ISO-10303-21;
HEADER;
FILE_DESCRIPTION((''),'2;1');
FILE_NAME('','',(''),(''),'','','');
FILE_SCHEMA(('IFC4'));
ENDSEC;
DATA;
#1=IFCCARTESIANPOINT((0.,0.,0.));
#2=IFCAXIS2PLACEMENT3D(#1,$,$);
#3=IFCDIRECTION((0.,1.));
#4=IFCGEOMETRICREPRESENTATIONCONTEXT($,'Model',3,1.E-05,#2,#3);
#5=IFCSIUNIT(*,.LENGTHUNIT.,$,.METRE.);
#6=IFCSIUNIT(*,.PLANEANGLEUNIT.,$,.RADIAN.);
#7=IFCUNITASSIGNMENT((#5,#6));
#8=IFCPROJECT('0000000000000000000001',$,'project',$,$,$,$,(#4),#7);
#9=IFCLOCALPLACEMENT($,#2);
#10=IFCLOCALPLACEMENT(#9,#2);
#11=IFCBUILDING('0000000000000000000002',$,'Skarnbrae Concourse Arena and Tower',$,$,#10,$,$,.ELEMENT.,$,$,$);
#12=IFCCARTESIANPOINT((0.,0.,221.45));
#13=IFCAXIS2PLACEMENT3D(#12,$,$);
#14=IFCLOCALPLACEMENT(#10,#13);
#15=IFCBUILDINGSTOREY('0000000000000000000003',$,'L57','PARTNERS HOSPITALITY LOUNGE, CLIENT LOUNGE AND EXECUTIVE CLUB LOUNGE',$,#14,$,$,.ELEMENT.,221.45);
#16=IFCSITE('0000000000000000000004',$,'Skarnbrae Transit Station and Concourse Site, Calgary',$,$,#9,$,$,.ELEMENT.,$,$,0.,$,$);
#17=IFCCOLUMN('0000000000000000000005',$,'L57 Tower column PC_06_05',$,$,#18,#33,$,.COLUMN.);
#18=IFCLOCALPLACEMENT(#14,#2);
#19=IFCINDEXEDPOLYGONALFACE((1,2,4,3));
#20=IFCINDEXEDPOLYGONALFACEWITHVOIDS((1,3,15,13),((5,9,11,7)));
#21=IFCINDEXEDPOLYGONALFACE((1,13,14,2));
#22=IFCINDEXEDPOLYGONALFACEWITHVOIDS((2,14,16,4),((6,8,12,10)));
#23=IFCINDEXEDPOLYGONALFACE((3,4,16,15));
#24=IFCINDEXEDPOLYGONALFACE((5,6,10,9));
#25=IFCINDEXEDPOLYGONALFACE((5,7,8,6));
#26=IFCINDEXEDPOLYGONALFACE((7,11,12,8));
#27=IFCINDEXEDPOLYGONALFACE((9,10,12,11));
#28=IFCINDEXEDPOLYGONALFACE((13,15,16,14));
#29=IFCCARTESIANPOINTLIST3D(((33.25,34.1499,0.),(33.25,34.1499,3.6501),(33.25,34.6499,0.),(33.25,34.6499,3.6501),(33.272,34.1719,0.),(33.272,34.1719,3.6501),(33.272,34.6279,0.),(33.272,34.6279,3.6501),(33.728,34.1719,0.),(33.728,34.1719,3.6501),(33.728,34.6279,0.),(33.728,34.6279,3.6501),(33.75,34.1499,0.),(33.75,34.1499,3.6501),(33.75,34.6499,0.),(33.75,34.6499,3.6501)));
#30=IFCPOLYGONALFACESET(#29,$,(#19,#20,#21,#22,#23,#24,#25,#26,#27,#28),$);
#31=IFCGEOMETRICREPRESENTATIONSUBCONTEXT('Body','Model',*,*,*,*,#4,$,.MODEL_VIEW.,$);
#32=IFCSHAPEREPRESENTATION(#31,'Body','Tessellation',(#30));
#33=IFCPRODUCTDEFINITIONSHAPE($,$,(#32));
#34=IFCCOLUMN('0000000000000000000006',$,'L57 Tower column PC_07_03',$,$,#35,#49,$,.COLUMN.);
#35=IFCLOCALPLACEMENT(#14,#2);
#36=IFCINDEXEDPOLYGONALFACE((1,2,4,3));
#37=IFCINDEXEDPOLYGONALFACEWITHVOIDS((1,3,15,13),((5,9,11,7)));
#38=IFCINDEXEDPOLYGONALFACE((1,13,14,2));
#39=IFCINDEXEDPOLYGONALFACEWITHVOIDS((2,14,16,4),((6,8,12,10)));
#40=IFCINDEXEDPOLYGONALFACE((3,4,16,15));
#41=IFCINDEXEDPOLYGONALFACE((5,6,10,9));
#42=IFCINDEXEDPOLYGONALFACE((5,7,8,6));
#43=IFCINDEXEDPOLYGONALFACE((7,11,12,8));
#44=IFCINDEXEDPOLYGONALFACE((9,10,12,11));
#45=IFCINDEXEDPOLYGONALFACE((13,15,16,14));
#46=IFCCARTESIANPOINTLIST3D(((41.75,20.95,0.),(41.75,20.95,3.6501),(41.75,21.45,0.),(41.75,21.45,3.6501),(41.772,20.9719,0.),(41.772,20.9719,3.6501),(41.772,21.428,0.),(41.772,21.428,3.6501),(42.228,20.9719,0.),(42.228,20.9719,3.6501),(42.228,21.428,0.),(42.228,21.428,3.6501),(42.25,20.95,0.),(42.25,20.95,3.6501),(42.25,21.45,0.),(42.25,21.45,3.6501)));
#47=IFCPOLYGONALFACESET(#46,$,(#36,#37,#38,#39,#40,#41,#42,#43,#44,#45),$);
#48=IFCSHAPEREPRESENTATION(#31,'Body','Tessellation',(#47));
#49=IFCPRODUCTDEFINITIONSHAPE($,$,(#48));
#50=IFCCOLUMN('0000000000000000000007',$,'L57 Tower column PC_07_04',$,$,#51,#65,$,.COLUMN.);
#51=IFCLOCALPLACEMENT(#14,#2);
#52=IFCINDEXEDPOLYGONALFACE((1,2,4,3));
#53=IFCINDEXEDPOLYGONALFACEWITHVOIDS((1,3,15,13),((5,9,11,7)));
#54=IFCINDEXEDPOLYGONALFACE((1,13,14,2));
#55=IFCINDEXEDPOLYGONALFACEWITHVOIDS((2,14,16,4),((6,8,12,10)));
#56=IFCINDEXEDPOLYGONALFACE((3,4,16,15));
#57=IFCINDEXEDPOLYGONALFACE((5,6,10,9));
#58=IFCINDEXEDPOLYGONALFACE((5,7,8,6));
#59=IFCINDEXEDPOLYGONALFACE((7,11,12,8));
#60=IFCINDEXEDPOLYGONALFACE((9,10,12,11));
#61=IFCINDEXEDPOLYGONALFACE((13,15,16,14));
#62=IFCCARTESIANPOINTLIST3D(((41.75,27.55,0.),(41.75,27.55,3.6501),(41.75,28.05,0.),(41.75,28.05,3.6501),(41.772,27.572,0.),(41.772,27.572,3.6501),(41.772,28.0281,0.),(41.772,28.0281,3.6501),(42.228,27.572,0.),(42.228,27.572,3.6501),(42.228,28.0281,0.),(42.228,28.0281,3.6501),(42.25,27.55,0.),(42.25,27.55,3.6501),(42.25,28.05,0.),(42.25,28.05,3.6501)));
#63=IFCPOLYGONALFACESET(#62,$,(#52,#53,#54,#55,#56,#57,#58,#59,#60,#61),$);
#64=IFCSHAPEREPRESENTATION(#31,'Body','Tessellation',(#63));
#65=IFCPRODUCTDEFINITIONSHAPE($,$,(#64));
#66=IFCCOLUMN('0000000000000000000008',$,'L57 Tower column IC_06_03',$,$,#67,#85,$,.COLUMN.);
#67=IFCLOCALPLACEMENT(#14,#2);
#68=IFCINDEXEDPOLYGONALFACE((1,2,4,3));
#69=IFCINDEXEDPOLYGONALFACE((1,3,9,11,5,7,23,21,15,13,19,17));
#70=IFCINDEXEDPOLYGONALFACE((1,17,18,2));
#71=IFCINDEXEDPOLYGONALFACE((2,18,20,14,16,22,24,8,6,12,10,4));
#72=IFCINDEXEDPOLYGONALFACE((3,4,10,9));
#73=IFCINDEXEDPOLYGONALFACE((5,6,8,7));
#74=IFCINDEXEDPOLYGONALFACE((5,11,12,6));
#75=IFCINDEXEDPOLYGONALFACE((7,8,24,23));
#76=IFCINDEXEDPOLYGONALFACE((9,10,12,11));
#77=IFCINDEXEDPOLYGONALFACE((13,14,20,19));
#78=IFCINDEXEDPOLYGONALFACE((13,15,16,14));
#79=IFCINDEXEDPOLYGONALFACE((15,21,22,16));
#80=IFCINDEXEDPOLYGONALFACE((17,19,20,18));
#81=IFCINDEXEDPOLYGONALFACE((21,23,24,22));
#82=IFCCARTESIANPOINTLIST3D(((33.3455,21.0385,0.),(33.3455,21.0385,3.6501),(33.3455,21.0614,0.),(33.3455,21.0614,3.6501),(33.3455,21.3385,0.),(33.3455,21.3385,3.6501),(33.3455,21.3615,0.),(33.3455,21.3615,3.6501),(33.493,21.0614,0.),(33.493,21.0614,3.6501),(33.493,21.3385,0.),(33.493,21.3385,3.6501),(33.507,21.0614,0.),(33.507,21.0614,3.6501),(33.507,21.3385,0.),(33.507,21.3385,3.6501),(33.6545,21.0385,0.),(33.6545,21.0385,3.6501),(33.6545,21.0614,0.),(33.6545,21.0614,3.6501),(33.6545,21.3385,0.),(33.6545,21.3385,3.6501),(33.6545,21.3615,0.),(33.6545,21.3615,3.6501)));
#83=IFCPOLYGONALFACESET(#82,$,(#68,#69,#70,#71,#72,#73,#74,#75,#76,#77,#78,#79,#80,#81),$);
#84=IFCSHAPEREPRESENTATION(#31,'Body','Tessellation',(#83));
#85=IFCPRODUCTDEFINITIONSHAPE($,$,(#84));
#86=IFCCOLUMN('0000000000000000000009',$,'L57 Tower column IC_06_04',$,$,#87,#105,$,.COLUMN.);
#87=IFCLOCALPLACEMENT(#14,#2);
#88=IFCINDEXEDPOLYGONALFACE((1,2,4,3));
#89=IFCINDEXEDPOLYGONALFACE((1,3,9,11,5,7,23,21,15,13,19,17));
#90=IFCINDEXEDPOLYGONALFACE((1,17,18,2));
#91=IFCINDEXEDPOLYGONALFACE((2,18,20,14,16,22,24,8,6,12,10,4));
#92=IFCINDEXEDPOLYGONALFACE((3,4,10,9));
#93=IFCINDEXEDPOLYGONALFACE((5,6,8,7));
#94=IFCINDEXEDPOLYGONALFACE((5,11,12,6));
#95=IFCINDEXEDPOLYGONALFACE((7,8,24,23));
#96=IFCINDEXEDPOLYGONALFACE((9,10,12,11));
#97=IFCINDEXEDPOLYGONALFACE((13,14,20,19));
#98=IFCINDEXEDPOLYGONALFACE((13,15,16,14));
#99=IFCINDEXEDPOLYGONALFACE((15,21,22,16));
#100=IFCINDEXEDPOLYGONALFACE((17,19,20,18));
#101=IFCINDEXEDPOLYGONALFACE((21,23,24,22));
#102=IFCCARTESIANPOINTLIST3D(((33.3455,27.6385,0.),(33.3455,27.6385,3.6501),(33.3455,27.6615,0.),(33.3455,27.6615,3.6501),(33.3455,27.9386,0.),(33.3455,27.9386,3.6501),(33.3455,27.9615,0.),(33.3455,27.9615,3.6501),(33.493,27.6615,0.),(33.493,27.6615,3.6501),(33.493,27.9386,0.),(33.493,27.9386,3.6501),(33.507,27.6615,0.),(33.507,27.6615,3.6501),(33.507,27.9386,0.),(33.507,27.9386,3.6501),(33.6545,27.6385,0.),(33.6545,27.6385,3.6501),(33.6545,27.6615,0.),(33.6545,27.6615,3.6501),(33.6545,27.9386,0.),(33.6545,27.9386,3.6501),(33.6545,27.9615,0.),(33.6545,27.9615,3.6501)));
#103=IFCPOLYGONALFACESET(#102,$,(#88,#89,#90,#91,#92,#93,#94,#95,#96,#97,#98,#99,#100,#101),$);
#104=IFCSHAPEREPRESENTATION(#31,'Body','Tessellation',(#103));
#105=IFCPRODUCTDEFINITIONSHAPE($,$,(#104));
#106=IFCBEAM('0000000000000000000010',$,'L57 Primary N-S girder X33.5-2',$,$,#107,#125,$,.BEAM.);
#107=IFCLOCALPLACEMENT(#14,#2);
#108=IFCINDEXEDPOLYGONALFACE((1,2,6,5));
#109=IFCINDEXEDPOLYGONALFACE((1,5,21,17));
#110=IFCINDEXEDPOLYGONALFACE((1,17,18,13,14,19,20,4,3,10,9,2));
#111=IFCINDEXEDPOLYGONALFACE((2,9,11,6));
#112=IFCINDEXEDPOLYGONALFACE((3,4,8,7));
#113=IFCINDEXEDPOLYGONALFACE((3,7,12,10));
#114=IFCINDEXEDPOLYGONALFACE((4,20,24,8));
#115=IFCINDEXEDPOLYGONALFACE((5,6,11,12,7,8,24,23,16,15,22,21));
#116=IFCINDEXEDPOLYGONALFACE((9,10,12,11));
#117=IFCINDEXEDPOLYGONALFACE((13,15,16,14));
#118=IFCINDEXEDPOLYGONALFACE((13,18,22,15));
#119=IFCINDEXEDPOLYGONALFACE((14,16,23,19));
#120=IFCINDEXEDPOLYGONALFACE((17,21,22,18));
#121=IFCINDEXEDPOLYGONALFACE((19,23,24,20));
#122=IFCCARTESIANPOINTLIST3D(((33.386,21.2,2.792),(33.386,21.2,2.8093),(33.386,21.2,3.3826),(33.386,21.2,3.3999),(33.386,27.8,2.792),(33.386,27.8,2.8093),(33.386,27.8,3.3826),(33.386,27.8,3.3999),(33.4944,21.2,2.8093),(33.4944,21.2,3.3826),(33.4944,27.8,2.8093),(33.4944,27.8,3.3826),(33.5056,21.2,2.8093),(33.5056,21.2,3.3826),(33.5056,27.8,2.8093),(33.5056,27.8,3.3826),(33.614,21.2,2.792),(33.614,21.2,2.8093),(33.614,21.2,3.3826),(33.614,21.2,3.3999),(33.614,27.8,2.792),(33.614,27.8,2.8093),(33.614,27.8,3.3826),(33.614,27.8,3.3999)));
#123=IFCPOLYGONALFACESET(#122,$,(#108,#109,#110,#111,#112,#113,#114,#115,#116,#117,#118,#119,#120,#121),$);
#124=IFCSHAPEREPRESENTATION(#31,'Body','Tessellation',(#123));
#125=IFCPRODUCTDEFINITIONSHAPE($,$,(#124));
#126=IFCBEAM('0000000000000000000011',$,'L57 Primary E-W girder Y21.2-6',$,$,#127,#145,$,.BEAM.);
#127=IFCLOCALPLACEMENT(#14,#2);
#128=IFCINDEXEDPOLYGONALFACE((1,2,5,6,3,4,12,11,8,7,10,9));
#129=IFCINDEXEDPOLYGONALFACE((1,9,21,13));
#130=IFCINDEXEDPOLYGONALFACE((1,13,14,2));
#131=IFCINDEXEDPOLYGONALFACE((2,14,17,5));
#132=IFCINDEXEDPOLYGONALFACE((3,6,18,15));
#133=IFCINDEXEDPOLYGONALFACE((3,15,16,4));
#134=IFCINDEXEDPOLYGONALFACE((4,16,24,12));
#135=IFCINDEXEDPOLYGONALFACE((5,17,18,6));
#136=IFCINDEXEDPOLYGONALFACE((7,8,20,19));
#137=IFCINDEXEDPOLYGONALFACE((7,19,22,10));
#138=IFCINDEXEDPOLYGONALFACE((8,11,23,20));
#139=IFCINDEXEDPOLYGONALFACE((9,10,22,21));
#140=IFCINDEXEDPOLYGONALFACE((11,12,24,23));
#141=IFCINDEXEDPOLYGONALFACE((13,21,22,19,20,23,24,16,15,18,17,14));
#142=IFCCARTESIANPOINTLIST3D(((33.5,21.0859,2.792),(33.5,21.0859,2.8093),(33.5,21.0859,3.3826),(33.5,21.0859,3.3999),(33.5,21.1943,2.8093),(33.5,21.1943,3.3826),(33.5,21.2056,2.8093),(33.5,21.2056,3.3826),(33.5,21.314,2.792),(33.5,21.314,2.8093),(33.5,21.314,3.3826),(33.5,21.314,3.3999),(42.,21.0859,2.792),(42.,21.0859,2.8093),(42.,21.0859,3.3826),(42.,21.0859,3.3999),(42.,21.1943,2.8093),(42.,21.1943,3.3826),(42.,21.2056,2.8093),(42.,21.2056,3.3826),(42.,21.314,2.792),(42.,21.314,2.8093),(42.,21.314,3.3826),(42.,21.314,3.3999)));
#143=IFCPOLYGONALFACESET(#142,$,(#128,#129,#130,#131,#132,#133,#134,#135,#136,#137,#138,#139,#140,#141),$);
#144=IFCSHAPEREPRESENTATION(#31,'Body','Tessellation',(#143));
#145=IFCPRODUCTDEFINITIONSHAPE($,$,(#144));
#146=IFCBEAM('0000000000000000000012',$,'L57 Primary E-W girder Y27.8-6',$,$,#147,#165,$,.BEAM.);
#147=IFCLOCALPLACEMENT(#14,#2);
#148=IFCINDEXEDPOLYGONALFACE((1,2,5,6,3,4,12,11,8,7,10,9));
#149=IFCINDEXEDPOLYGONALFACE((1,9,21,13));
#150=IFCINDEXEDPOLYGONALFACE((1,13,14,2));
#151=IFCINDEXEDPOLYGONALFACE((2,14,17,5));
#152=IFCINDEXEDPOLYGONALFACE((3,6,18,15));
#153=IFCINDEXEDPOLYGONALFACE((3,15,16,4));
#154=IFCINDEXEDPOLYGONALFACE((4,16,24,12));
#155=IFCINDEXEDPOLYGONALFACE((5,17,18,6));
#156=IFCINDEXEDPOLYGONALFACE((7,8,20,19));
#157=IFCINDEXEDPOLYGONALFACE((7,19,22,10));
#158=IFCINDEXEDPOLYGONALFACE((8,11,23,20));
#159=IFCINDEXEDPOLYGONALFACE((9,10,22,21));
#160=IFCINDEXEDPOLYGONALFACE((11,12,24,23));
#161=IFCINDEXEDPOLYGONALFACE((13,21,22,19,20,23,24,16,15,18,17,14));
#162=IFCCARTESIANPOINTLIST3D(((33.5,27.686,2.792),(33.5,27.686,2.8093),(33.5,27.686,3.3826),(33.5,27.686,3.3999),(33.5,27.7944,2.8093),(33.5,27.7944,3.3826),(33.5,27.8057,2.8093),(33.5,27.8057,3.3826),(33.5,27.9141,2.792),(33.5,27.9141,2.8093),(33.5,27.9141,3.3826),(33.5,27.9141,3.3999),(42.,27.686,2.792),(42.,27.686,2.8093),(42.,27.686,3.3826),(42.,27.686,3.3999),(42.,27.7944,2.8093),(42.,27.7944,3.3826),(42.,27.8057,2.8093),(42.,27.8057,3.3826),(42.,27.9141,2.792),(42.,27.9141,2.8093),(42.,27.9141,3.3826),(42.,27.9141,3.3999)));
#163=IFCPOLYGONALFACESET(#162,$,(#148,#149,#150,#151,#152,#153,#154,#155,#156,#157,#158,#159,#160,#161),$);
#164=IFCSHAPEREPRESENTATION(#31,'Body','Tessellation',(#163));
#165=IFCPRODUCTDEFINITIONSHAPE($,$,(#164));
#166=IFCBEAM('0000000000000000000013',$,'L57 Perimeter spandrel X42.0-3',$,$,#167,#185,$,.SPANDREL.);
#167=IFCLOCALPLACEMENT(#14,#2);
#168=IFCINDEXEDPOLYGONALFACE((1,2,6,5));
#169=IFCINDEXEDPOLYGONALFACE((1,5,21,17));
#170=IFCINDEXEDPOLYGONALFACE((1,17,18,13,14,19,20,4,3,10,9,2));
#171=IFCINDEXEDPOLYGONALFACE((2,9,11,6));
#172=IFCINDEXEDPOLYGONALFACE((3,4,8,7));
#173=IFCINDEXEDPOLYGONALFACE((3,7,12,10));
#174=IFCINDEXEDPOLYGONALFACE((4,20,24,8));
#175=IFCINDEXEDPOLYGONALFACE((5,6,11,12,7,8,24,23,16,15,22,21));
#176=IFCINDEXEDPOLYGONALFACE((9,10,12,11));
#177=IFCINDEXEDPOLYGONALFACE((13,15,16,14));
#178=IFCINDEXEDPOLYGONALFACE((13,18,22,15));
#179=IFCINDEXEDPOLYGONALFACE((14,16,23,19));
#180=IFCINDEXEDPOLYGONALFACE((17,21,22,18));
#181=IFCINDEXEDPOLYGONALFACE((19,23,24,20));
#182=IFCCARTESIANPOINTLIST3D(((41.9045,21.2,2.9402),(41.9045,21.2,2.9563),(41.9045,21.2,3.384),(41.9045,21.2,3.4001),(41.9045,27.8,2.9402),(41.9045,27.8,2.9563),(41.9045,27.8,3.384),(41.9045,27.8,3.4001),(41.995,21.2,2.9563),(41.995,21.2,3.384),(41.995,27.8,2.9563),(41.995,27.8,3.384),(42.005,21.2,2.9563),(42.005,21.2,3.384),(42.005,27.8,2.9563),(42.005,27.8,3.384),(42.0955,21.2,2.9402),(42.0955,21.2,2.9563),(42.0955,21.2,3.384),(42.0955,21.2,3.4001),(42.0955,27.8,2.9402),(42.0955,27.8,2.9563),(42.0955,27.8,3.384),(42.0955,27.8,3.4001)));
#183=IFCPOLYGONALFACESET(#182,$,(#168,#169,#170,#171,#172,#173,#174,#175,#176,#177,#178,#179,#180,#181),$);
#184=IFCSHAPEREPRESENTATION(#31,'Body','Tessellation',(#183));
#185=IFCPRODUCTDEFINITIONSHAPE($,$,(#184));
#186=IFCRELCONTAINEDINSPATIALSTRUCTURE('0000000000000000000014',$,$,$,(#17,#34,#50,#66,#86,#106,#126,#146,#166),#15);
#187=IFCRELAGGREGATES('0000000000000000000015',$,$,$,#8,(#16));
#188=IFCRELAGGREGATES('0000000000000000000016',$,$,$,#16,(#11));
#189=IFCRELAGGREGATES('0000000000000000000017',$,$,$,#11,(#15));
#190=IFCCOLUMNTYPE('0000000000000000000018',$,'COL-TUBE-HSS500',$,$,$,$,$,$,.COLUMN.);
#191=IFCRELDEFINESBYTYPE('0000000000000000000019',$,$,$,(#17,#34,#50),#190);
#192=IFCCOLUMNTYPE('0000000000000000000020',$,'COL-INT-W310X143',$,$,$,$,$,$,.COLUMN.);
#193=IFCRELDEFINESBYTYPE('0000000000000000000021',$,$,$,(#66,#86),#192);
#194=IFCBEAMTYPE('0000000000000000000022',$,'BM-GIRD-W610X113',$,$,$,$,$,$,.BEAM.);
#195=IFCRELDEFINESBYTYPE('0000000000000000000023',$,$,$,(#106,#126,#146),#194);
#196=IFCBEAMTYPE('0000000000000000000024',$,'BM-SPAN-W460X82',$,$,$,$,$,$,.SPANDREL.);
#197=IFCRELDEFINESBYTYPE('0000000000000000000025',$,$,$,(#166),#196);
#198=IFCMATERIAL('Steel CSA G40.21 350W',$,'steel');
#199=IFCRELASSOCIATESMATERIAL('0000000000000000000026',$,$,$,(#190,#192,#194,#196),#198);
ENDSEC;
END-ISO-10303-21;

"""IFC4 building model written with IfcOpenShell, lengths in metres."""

from ifc_helpers import new_model, si_unit, direction, frame, origin, origin_2d, place, context, subcontext, project, spatial, hollow_rectangle, i_section, extrude, source, transform, mapped, material, material_profile, profile_set, type_object, element, save


model = new_model("IFC4")

# Units and contexts
model_context = context("Model", 3, precision=1e-05, world=origin(), true_north=direction((0.0, 1.0)))
body_context = subcontext(model_context, "Body", "Model", "MODEL_VIEW")
ifc_project = project(units=[si_unit("LENGTHUNIT", "METRE"), si_unit("PLANEANGLEUNIT", "RADIAN")], contexts=[model_context])

# Site, building, storey
site_placement = place(None, origin())
site = spatial("IfcSite", under=ifc_project, at=site_placement, Name="Skarnbrae Transit Station and Concourse Site, Calgary", CompositionType="ELEMENT", RefElevation=0.0)
building_placement = place(site_placement, origin())
building = spatial("IfcBuilding", under=site, at=building_placement, Name="Skarnbrae Concourse Arena and Tower", CompositionType="ELEMENT")
storey_placement = place(building_placement, frame((0.0, 0.0, 221.45)))
storey = spatial("IfcBuildingStorey", under=building, at=storey_placement, Name="L57", Description="PARTNERS HOSPITALITY LOUNGE, CLIENT LOUNGE AND EXECUTIVE CLUB LOUNGE", CompositionType="ELEMENT", Elevation=221.45)

# Columns
ifc_material_1 = material(Name="Steel CSA G40.21 350W", Category="steel")
ifc_material_profile_1 = material_profile(ifc_material_1, hollow_rectangle(XDim=0.5, YDim=0.5, WallThickness=0.022, at=origin_2d()), Name="HSS500X500X22.0")
ifc_profile_set_1 = profile_set([ifc_material_profile_1], Name="Steel CSA G40.21 350W")
column_type_1 = type_object("IfcColumnType", Name="COL-TUBE-HSS500", PredefinedType="COLUMN", material=ifc_profile_set_1)
shared_shape_1 = source(origin(), body_context, "Body", "SweptSolid", [
    extrude(hollow_rectangle(XDim=0.5, YDim=0.5, WallThickness=0.022, at=origin_2d()), origin(), (0.0, 0.0, 1.0), 3.6501),
])
for number, where, z_axis, x_axis, name in (
    (1, (33.5, 34.3999, 0.0), (0.0, 0.0, 1.0), (1.0, 0.0, 0.0), "L57 Tower column PC_06_05"),
    (2, (42.0, 21.2, 0.0), (0.0, 0.0, 1.0), (1.0, 0.0, 0.0), "L57 Tower column PC_07_03"),
    (3, (42.0, 27.8, 0.0), (0.0, 0.0, 1.0), (1.0, 0.0, 0.0), "L57 Tower column PC_07_04"),
):
    element("IfcColumn", number, at=place(storey_placement, frame(where, z_axis=z_axis, x_axis=x_axis)), inside=storey, type_object=column_type_1, Name=name, PredefinedType="COLUMN", context=body_context, shape_type="MappedRepresentation", body=[
        mapped(shared_shape_1, transform((0.0, 0.0, 0.0))),
    ])
ifc_material_profile_2 = material_profile(ifc_material_1, i_section(OverallWidth=0.3091, OverallDepth=0.323, WebThickness=0.0139, FlangeThickness=0.0229, at=origin_2d()), Name="W310X143")
ifc_profile_set_2 = profile_set([ifc_material_profile_2], Name="Steel CSA G40.21 350W")
column_type_2 = type_object("IfcColumnType", Name="COL-INT-W310X143", PredefinedType="COLUMN", material=ifc_profile_set_2)
shared_shape_2 = source(origin(), body_context, "Body", "SweptSolid", [
    extrude(i_section(OverallWidth=0.3091, OverallDepth=0.323, WebThickness=0.0139, FlangeThickness=0.0229, at=origin_2d()), origin(), (0.0, 0.0, 1.0), 3.6501),
])
for number, where, z_axis, x_axis, name in (
    (4, (33.5, 21.2, 0.0), (0.0, 0.0, 1.0), (1.0, 0.0, 0.0), "L57 Tower column IC_06_03"),
    (5, (33.5, 27.8, 0.0), (0.0, 0.0, 1.0), (1.0, 0.0, 0.0), "L57 Tower column IC_06_04"),
):
    element("IfcColumn", number, at=place(storey_placement, frame(where, z_axis=z_axis, x_axis=x_axis)), inside=storey, type_object=column_type_2, Name=name, PredefinedType="COLUMN", context=body_context, shape_type="MappedRepresentation", body=[
        mapped(shared_shape_2, transform((0.0, 0.0, 0.0))),
    ])

# Beams
ifc_material_profile_3 = material_profile(ifc_material_1, i_section(OverallWidth=0.228, OverallDepth=0.6079, WebThickness=0.0112, FlangeThickness=0.0173, at=origin_2d()), Name="W610X113")
ifc_profile_set_3 = profile_set([ifc_material_profile_3], Name="Steel CSA G40.21 350W")
beam_type_1 = type_object("IfcBeamType", Name="BM-GIRD-W610X113", PredefinedType="BEAM", material=ifc_profile_set_3)
shared_shape_3 = source(origin(), body_context, "Body", "SweptSolid", [
    extrude(i_section(OverallWidth=0.228, OverallDepth=0.6079, WebThickness=0.0112, FlangeThickness=0.0173, at=origin_2d()), origin(), (0.0, 0.0, 1.0), 6.6001),
])
beam_1_placement = place(storey_placement, frame((33.5, 21.2, 3.0959), z_axis=(0.0, 1.0, 0.0), x_axis=(-1.0, 0.0, 0.0)))
element("IfcBeam", 6, at=beam_1_placement, inside=storey, type_object=beam_type_1, Name="L57 Primary N-S girder X33.5-2", PredefinedType="BEAM", context=body_context, shape_type="MappedRepresentation", body=[
    mapped(shared_shape_3, transform((0.0, 0.0, 0.0))),
])
shared_shape_4 = source(origin(), body_context, "Body", "SweptSolid", [
    extrude(i_section(OverallWidth=0.228, OverallDepth=0.6079, WebThickness=0.0112, FlangeThickness=0.0173, at=origin_2d()), origin(), (0.0, 0.0, 1.0), 8.5),
])
for number, where, z_axis, x_axis, name in (
    (7, (33.5, 21.2, 3.0959), (1.0, 0.0, 0.0), (0.0, 1.0, 0.0), "L57 Primary E-W girder Y21.2-6"),
    (8, (33.5, 27.8, 3.0959), (1.0, 0.0, 0.0), (0.0, 1.0, 0.0), "L57 Primary E-W girder Y27.8-6"),
):
    element("IfcBeam", number, at=place(storey_placement, frame(where, z_axis=z_axis, x_axis=x_axis)), inside=storey, type_object=beam_type_1, Name=name, PredefinedType="BEAM", context=body_context, shape_type="MappedRepresentation", body=[
        mapped(shared_shape_4, transform((0.0, 0.0, 0.0))),
    ])
ifc_material_profile_4 = material_profile(ifc_material_1, i_section(OverallWidth=0.1909, OverallDepth=0.46, WebThickness=0.01, FlangeThickness=0.0161, at=origin_2d()), Name="W460X82")
ifc_profile_set_4 = profile_set([ifc_material_profile_4], Name="Steel CSA G40.21 350W")
beam_type_2 = type_object("IfcBeamType", Name="BM-SPAN-W460X82", PredefinedType="SPANDREL", material=ifc_profile_set_4)
shared_shape_5 = source(origin(), body_context, "Body", "SweptSolid", [
    extrude(i_section(OverallWidth=0.1909, OverallDepth=0.46, WebThickness=0.01, FlangeThickness=0.0161, at=origin_2d()), origin(), (0.0, 0.0, 1.0), 6.6001),
])
beam_2_placement = place(storey_placement, frame((42.0, 21.2, 3.1702), z_axis=(0.0, 1.0, 0.0), x_axis=(-1.0, 0.0, 0.0)))
element("IfcBeam", 9, at=beam_2_placement, inside=storey, type_object=beam_type_2, Name="L57 Perimeter spandrel X42.0-3", PredefinedType="SPANDREL", context=body_context, shape_type="MappedRepresentation", body=[
    mapped(shared_shape_5, transform((0.0, 0.0, 0.0))),
])

save(model, "model.ifc")
